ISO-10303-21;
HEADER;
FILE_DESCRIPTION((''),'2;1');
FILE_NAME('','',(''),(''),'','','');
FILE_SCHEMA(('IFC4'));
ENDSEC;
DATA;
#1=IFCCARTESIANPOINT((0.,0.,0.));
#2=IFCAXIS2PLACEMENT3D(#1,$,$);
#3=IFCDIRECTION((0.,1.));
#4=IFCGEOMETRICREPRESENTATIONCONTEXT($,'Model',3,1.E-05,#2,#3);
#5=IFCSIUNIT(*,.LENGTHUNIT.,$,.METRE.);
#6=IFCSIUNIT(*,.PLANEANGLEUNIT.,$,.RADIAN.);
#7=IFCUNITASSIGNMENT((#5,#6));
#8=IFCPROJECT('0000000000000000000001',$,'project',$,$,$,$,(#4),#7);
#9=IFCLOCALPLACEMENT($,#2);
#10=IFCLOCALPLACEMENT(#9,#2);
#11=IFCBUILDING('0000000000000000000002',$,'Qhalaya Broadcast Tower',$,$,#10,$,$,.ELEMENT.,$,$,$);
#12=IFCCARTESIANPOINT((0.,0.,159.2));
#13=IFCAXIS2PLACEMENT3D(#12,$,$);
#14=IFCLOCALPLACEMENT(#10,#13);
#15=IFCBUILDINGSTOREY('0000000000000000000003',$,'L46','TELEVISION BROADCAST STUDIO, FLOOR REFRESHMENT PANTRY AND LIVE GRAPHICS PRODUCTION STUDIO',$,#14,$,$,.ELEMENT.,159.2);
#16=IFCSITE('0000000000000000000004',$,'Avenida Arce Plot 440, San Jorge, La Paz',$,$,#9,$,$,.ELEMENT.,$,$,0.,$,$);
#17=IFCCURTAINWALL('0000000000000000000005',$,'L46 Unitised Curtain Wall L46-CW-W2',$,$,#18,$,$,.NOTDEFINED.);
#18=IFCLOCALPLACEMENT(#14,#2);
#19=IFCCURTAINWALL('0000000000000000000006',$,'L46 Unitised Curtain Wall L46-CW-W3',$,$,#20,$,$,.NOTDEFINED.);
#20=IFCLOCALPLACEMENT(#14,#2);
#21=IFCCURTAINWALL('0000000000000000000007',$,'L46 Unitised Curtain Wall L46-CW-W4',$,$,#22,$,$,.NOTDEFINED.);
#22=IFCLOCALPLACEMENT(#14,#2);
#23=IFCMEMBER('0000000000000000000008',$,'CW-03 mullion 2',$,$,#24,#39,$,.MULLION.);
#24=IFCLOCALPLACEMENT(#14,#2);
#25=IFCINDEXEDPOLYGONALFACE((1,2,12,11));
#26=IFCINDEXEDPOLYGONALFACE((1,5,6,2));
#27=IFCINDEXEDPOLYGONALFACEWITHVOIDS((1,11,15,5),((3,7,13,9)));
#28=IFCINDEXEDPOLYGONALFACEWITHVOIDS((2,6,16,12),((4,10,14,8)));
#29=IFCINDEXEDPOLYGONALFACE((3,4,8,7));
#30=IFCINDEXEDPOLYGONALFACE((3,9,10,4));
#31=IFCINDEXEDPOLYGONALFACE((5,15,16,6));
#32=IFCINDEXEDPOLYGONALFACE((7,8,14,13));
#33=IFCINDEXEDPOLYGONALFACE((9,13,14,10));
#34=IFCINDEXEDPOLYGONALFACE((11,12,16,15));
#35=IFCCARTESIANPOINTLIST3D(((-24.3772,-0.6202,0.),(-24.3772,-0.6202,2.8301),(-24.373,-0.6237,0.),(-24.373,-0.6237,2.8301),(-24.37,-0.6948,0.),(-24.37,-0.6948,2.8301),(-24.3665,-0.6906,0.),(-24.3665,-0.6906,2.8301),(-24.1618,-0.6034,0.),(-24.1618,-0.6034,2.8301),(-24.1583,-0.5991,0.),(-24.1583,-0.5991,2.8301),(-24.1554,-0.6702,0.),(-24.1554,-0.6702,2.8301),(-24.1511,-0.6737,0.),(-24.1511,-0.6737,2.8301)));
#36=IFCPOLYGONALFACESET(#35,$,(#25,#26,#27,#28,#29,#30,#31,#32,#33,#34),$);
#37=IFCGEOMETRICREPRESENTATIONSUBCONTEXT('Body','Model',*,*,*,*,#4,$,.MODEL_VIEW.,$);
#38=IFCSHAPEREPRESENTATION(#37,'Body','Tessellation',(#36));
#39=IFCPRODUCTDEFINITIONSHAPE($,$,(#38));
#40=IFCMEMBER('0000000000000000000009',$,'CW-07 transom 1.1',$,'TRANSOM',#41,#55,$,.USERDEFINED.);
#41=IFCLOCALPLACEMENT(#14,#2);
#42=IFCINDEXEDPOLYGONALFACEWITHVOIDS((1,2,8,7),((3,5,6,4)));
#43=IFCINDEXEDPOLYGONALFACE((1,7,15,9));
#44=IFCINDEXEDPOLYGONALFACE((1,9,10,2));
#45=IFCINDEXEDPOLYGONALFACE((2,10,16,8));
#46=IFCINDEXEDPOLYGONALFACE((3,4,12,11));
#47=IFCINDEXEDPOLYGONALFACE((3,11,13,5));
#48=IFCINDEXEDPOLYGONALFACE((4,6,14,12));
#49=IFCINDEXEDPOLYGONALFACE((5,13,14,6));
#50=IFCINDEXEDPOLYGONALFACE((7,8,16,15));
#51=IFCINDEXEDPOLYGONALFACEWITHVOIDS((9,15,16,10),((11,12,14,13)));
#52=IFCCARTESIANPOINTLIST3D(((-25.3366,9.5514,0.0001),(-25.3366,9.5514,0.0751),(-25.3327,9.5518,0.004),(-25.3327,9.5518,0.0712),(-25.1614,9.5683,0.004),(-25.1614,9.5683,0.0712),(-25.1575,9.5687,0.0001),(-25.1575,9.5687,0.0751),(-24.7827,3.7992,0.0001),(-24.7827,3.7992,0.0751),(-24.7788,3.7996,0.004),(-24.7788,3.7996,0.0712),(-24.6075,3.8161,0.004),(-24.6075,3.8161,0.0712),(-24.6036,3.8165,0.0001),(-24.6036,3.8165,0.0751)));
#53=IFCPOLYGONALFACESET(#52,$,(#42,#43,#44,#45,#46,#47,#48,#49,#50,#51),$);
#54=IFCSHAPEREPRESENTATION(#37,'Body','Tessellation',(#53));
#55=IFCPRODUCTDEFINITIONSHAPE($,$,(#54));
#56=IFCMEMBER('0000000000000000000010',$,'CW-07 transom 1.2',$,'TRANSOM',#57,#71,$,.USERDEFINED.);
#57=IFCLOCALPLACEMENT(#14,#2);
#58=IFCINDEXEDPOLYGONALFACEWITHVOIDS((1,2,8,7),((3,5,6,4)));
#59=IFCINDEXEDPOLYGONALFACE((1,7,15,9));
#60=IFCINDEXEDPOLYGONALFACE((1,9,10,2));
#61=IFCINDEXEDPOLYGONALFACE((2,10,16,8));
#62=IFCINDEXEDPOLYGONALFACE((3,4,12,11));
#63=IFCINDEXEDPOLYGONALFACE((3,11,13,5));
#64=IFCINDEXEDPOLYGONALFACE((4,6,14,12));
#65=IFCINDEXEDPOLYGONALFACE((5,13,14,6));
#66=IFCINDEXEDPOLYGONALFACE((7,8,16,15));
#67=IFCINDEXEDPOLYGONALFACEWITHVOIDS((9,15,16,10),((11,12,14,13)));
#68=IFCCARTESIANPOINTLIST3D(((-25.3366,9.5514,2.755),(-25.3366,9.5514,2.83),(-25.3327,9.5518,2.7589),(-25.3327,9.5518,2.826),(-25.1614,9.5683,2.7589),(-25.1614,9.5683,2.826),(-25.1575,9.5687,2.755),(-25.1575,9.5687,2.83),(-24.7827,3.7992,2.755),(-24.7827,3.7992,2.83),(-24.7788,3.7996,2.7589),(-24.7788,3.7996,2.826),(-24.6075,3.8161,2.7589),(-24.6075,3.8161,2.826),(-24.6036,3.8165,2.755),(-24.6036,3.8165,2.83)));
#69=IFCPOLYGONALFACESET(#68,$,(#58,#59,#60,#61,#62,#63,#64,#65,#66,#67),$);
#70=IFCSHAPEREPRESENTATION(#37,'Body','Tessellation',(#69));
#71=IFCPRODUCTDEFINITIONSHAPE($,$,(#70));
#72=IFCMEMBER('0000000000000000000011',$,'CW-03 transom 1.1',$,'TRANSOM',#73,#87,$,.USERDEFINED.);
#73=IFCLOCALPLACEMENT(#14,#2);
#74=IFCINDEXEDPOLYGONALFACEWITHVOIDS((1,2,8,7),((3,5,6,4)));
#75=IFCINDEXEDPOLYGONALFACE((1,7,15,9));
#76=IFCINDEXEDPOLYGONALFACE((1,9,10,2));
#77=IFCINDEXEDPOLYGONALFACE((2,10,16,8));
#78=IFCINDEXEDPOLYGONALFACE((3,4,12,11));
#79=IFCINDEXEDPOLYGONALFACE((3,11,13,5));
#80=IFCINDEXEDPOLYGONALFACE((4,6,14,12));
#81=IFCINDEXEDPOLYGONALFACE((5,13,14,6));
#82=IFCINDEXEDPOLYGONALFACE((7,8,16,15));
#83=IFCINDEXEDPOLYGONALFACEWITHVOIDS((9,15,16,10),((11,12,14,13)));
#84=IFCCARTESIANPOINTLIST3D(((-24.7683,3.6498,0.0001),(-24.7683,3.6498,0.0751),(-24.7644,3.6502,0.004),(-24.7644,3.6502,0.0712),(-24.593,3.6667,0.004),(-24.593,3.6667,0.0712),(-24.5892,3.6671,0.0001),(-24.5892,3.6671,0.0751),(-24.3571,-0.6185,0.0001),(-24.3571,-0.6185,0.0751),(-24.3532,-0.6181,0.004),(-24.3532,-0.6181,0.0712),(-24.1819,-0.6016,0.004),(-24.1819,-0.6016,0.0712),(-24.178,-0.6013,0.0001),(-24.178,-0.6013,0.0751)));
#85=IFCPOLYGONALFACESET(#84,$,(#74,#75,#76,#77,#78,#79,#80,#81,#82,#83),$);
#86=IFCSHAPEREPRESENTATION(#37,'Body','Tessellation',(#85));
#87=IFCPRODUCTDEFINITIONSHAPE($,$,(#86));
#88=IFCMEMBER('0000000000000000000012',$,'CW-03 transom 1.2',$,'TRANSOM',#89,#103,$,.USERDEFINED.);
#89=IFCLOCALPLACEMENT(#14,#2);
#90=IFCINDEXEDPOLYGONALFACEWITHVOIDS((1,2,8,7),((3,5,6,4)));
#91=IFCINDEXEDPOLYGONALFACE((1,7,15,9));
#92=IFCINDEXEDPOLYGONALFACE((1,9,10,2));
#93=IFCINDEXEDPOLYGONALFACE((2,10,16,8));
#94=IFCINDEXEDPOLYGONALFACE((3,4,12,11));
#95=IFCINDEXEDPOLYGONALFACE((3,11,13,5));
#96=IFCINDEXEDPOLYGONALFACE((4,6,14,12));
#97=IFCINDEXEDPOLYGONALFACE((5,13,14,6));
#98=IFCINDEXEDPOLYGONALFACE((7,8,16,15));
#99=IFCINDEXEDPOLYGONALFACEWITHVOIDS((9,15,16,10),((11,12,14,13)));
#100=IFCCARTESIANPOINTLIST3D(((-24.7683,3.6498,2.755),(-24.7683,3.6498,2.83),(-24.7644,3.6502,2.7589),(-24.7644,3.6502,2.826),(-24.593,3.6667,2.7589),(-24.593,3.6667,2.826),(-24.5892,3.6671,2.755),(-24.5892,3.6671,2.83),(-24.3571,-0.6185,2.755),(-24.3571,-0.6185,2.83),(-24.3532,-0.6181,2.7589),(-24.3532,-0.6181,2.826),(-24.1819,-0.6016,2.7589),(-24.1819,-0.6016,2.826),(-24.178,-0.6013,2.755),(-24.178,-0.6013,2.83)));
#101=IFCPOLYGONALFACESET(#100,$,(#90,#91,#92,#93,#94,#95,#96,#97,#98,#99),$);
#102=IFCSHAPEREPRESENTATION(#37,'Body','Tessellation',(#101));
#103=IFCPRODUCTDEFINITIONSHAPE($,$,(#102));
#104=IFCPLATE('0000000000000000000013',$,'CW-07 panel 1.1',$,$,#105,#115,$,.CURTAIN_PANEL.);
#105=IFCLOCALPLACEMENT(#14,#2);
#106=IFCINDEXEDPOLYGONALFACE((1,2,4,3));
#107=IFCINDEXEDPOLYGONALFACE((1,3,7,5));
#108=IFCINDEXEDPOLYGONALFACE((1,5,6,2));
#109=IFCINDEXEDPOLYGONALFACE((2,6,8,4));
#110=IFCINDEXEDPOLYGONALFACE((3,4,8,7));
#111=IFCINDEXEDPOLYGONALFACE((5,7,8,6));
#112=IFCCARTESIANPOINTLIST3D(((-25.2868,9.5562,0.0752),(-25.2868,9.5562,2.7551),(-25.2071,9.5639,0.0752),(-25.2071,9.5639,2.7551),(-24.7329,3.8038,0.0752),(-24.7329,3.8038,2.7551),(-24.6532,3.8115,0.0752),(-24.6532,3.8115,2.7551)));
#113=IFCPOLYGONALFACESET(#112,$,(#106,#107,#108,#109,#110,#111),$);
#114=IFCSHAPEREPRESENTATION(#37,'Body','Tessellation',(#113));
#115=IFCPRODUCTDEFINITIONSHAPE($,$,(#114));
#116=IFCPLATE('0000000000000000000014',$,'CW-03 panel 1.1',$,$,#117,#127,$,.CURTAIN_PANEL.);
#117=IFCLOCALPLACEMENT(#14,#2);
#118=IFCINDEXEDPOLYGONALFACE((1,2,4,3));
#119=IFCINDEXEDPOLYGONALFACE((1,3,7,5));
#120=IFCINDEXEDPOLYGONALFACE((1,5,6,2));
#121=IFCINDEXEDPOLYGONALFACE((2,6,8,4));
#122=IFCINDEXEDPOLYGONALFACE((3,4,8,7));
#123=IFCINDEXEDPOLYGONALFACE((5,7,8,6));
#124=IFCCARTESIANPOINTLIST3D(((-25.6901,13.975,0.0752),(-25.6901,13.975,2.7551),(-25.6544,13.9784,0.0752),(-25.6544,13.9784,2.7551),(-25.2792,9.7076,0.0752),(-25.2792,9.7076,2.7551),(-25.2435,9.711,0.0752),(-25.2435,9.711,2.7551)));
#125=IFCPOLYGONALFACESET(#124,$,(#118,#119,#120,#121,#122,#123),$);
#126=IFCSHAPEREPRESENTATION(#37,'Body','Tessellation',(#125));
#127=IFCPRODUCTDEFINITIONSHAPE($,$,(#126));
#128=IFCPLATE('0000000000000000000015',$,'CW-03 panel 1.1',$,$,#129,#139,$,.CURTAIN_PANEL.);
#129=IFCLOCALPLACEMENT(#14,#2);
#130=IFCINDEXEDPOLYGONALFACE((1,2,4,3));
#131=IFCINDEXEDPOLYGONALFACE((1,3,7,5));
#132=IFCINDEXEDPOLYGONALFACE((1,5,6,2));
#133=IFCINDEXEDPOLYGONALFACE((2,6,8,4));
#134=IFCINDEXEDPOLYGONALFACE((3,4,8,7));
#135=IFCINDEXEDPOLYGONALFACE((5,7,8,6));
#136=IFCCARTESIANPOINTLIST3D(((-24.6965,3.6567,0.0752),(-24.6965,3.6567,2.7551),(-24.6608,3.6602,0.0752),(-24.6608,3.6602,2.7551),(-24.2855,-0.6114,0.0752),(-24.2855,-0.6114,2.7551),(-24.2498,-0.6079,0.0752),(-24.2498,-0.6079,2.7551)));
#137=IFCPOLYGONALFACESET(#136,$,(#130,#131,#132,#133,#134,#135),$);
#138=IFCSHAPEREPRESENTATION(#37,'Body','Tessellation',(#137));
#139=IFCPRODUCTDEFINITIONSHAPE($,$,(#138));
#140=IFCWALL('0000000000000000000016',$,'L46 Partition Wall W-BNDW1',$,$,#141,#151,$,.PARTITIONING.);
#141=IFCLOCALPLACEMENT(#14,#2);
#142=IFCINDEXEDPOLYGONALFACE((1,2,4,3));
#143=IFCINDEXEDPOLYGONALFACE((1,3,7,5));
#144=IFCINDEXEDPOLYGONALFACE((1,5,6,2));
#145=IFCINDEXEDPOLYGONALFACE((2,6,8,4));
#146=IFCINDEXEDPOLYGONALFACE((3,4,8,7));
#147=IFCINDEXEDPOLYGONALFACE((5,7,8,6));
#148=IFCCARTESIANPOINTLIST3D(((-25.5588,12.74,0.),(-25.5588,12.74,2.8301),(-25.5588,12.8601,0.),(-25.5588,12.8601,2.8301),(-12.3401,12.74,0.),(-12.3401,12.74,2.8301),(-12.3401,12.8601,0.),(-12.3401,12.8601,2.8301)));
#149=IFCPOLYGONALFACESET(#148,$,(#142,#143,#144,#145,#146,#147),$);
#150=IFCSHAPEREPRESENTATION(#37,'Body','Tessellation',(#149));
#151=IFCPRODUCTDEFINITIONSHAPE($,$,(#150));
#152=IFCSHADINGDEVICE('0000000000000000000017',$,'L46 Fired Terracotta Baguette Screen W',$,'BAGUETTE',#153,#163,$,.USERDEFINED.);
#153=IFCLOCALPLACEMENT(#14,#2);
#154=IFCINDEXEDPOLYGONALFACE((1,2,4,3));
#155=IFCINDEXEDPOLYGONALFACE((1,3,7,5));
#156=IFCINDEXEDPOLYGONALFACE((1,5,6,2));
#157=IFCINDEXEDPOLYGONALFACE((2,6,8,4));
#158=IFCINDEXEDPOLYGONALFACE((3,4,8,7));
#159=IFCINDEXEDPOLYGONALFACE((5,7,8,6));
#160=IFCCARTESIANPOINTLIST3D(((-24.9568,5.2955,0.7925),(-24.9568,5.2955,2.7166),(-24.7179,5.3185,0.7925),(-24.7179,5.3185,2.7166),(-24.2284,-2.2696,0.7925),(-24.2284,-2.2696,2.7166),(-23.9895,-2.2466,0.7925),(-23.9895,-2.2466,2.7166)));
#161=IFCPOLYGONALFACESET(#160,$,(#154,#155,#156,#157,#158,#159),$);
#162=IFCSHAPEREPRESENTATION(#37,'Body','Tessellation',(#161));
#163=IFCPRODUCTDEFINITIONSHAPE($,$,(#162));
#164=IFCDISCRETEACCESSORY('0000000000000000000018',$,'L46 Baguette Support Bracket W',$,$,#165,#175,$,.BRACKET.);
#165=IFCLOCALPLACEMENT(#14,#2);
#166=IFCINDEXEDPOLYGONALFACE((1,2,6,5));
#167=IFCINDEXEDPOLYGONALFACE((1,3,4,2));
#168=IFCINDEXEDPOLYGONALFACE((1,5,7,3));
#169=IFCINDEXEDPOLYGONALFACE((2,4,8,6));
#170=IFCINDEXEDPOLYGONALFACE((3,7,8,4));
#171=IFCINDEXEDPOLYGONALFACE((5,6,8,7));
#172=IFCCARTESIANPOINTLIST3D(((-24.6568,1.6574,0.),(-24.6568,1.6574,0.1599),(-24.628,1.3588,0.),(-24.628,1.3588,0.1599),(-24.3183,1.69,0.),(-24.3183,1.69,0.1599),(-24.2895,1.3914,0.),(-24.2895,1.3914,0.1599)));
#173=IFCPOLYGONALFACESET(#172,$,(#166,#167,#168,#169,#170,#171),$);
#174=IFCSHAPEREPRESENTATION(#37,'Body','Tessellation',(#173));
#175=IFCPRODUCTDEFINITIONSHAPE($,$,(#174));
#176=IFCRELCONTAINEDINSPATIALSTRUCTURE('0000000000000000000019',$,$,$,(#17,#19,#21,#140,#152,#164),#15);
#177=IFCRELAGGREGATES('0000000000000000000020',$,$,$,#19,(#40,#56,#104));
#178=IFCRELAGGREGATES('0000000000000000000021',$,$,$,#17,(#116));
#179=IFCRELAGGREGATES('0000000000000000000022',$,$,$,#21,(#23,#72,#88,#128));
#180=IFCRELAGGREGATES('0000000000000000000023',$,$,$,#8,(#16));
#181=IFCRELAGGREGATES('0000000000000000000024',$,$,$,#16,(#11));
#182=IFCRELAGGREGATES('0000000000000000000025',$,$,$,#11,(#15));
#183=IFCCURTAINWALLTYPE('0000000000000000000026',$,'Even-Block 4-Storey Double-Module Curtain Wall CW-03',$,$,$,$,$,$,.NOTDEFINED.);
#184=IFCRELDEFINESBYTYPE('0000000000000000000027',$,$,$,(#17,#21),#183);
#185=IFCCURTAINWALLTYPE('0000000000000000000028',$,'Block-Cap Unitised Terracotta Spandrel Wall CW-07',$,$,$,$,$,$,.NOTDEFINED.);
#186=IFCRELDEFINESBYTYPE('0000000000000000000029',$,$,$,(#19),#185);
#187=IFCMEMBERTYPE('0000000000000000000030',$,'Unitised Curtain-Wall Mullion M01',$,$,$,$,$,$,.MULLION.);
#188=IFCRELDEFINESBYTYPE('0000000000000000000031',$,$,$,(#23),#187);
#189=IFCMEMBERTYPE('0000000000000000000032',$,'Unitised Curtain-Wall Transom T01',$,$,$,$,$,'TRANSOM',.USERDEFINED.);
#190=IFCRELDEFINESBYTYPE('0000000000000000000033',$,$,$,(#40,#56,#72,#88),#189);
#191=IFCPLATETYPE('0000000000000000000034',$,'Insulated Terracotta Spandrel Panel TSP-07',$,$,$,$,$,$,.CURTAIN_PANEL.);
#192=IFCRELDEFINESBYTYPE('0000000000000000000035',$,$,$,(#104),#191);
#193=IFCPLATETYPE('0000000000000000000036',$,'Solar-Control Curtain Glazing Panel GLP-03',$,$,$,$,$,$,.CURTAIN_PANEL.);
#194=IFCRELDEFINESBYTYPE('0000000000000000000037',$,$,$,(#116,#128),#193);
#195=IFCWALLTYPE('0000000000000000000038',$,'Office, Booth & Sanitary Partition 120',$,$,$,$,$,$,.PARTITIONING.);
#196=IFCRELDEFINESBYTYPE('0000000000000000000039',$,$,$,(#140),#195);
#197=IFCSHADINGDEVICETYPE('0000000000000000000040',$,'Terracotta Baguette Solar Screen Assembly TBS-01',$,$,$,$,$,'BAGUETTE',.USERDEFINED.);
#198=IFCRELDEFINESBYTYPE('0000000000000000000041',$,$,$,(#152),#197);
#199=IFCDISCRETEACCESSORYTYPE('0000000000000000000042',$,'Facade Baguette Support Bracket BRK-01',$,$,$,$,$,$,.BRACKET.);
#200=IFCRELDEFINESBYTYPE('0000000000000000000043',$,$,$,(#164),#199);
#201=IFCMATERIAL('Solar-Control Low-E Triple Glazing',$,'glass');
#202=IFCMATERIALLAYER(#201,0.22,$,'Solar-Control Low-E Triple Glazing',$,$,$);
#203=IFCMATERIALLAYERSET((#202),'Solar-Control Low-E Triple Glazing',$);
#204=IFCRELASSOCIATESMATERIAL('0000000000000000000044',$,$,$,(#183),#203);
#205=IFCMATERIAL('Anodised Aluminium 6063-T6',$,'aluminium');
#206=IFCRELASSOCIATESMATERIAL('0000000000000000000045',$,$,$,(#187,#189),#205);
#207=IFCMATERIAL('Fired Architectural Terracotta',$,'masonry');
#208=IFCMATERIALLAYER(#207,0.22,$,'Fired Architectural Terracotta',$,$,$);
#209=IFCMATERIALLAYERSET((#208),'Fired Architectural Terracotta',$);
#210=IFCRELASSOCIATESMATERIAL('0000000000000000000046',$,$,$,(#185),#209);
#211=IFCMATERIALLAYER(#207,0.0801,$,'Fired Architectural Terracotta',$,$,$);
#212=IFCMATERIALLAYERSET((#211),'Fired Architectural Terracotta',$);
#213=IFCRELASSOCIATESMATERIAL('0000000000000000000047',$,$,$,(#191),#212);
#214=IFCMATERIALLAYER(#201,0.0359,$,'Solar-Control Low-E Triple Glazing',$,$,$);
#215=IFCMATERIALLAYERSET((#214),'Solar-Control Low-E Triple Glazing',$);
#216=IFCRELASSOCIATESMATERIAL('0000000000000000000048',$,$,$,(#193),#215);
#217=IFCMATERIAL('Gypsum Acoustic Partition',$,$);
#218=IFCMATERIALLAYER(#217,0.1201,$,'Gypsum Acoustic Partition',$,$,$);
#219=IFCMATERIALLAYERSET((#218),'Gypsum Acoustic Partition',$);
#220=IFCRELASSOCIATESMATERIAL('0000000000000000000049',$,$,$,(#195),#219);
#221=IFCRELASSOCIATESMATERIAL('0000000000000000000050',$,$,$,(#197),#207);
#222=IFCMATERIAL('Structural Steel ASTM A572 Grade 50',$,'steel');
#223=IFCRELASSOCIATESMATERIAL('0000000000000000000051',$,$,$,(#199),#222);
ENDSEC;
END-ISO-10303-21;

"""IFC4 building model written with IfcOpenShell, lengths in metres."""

from ifc_helpers import new_model, si_unit, direction, frame, frame_2d, origin, origin_2d, place, context, subcontext, project, spatial, rectangle, hollow_rectangle, extrude, material, layer, layer_set, material_profile, profile_set, type_object, element, aggregate, save


model = new_model("IFC4")

# Units and contexts
model_context = context("Model", 3, precision=1e-05, world=origin(), true_north=direction((0.0, 1.0)))
body_context = subcontext(model_context, "Body", "Model", "MODEL_VIEW")
ifc_project = project(units=[si_unit("LENGTHUNIT", "METRE"), si_unit("PLANEANGLEUNIT", "RADIAN")], contexts=[model_context])

# Site, building, storey
site_placement = place(None, origin())
site = spatial("IfcSite", under=ifc_project, at=site_placement, Name="Avenida Arce Plot 440, San Jorge, La Paz", CompositionType="ELEMENT", RefElevation=0.0)
building_placement = place(site_placement, origin())
building = spatial("IfcBuilding", under=site, at=building_placement, Name="Qhalaya Broadcast Tower", CompositionType="ELEMENT")
storey_placement = place(building_placement, frame((0.0, 0.0, 159.2)))
storey = spatial("IfcBuildingStorey", under=building, at=storey_placement, Name="L46", Description="TELEVISION BROADCAST STUDIO, FLOOR REFRESHMENT PANTRY AND LIVE GRAPHICS PRODUCTION STUDIO", CompositionType="ELEMENT", Elevation=159.2)

# Shared definitions
ifc_material_1 = material(Name="Structural Steel ASTM A572 Grade 50", Category="steel")

# Curtain wall
ifc_material_2 = material(Name="Solar-Control Low-E Triple Glazing", Category="glass")
ifc_layer_1 = layer(ifc_material_2, 0.22, Name="Solar-Control Low-E Triple Glazing")
ifc_layer_set_1 = layer_set([ifc_layer_1], Name="Solar-Control Low-E Triple Glazing")
curtain_wall_type_1 = type_object("IfcCurtainWallType", Name="Even-Block 4-Storey Double-Module Curtain Wall CW-03", PredefinedType="NOTDEFINED", material=ifc_layer_set_1)
curtain_wall_1_placement = place(storey_placement, origin())
curtain_wall_1 = element("IfcCurtainWall", 1, at=curtain_wall_1_placement, inside=storey, type_object=curtain_wall_type_1, Name="L46 Unitised Curtain Wall L46-CW-W2", PredefinedType="NOTDEFINED")
ifc_material_3 = material(Name="Anodised Aluminium 6063-T6", Category="aluminium")
ifc_material_profile_1 = material_profile(ifc_material_3, hollow_rectangle(XDim=0.075, YDim=0.22, WallThickness=0.0039, at=origin_2d()), Name="ALU-MUL 75x220x4")
ifc_profile_set_1 = profile_set([ifc_material_profile_1], Name="Anodised Aluminium 6063-T6")
member_type_1 = type_object("IfcMemberType", Name="Unitised Curtain-Wall Mullion M01", PredefinedType="MULLION", material=ifc_profile_set_1)

# Curtain walls, member
ifc_material_4 = material(Name="Fired Architectural Terracotta", Category="masonry")
ifc_layer_2 = layer(ifc_material_4, 0.22, Name="Fired Architectural Terracotta")
ifc_layer_set_2 = layer_set([ifc_layer_2], Name="Fired Architectural Terracotta")
curtain_wall_type_2 = type_object("IfcCurtainWallType", Name="Block-Cap Unitised Terracotta Spandrel Wall CW-07", PredefinedType="NOTDEFINED", material=ifc_layer_set_2)
curtain_wall_2_placement = place(storey_placement, origin())
curtain_wall_2 = element("IfcCurtainWall", 2, at=curtain_wall_2_placement, inside=storey, type_object=curtain_wall_type_2, Name="L46 Unitised Curtain Wall L46-CW-W3", PredefinedType="NOTDEFINED")
curtain_wall_3_placement = place(storey_placement, origin())
curtain_wall_3 = element("IfcCurtainWall", 3, at=curtain_wall_3_placement, inside=storey, type_object=curtain_wall_type_1, Name="L46 Unitised Curtain Wall L46-CW-W4", PredefinedType="NOTDEFINED")
member_1_placement = place(storey_placement, frame((-24.2642, -0.647, 0.0), z_axis=(0.0, 0.0, 1.0), x_axis=(0.095855, -0.995395, 0.0)))
member_1 = element("IfcMember", 4, at=member_1_placement, type_object=member_type_1, Name="CW-03 mullion 2", PredefinedType="MULLION", context=body_context, shape_type="SweptSolid", body=[
    extrude(hollow_rectangle(XDim=0.075, YDim=0.22, WallThickness=0.0039, at=origin_2d()), origin(), (0.0, 0.0, 1.0), 2.8301),
])

# Members
ifc_material_profile_2 = material_profile(ifc_material_3, hollow_rectangle(XDim=0.075, YDim=0.1799, WallThickness=0.0039, at=origin_2d()), Name="ALU-TRN 75x180x4")
ifc_profile_set_2 = profile_set([ifc_material_profile_2], Name="Anodised Aluminium 6063-T6")
member_type_2 = type_object("IfcMemberType", Name="Unitised Curtain-Wall Transom T01", ElementType="TRANSOM", PredefinedType="USERDEFINED", material=ifc_profile_set_2)
member_2_placement = place(storey_placement, frame((-25.2471, 9.5601, 0.0376), z_axis=(0.09586, -0.995395, 0.0), x_axis=(0.0, 0.0, 1.0)))
member_2 = element("IfcMember", 5, at=member_2_placement, type_object=member_type_2, Name="CW-07 transom 1.1", ObjectType="TRANSOM", PredefinedType="USERDEFINED", context=body_context, shape_type="SweptSolid", body=[
    extrude(hollow_rectangle(XDim=0.075, YDim=0.1799, WallThickness=0.0039, at=origin_2d()), origin(), (0.0, 0.0, 1.0), 5.7788),
])
member_3_placement = place(storey_placement, frame((-25.2471, 9.5601, 2.7925), z_axis=(0.09586, -0.995395, 0.0), x_axis=(0.0, 0.0, 1.0)))
member_3 = element("IfcMember", 6, at=member_3_placement, type_object=member_type_2, Name="CW-07 transom 1.2", ObjectType="TRANSOM", PredefinedType="USERDEFINED", context=body_context, shape_type="SweptSolid", body=[
    extrude(hollow_rectangle(XDim=0.075, YDim=0.1799, WallThickness=0.0039, at=origin_2d()), origin(), (0.0, 0.0, 1.0), 5.7788),
])
member_4_placement = place(storey_placement, frame((-24.6787, 3.6584, 0.0376), z_axis=(0.095878, -0.995393, 0.0), x_axis=(0.0, 0.0, 1.0)))
member_4 = element("IfcMember", 7, at=member_4_placement, type_object=member_type_2, Name="CW-03 transom 1.1", ObjectType="TRANSOM", PredefinedType="USERDEFINED", context=body_context, shape_type="SweptSolid", body=[
    extrude(hollow_rectangle(XDim=0.075, YDim=0.1799, WallThickness=0.0039, at=origin_2d()), origin(), (0.0, 0.0, 1.0), 4.2881),
])
member_5_placement = place(storey_placement, frame((-24.6787, 3.6584, 2.7925), z_axis=(0.095878, -0.995393, 0.0), x_axis=(0.0, 0.0, 1.0)))
member_5 = element("IfcMember", 8, at=member_5_placement, type_object=member_type_2, Name="CW-03 transom 1.2", ObjectType="TRANSOM", PredefinedType="USERDEFINED", context=body_context, shape_type="SweptSolid", body=[
    extrude(hollow_rectangle(XDim=0.075, YDim=0.1799, WallThickness=0.0039, at=origin_2d()), origin(), (0.0, 0.0, 1.0), 4.2881),
])

# Plates
ifc_layer_3 = layer(ifc_material_4, 0.0801, Name="Fired Architectural Terracotta")
ifc_layer_set_3 = layer_set([ifc_layer_3], Name="Fired Architectural Terracotta")
plate_type_1 = type_object("IfcPlateType", Name="Insulated Terracotta Spandrel Panel TSP-07", PredefinedType="CURTAIN_PANEL", material=ifc_layer_set_3)
plate_1_placement = place(storey_placement, frame((-24.97, 6.6838, 0.0752), z_axis=(0.0, 0.0, 1.0), x_axis=(0.095851, -0.995396, 0.0)))
plate_1 = element("IfcPlate", 9, at=plate_1_placement, type_object=plate_type_1, Name="CW-07 panel 1.1", PredefinedType="CURTAIN_PANEL", context=body_context, shape_type="SweptSolid", body=[
    extrude(rectangle(XDim=5.7791, YDim=0.0801, at=origin_2d()), origin(), (0.0, 0.0, 1.0), 2.6799),
])
aggregate(curtain_wall_2, [member_2, member_3, plate_1])
ifc_layer_4 = layer(ifc_material_2, 0.0359, Name="Solar-Control Low-E Triple Glazing")
ifc_layer_set_4 = layer_set([ifc_layer_4], Name="Solar-Control Low-E Triple Glazing")
plate_type_2 = type_object("IfcPlateType", Name="Solar-Control Curtain Glazing Panel GLP-03", PredefinedType="CURTAIN_PANEL", material=ifc_layer_set_4)
plate_2_placement = place(storey_placement, frame((-25.4668, 11.843, 0.0752), z_axis=(0.0, 0.0, 1.0), x_axis=(0.09583, -0.995398, 0.0)))
plate_2 = element("IfcPlate", 10, at=plate_2_placement, type_object=plate_type_2, Name="CW-03 panel 1.1", PredefinedType="CURTAIN_PANEL", context=body_context, shape_type="SweptSolid", body=[
    extrude(rectangle(XDim=4.2871, YDim=0.0359, at=origin_2d()), origin(), (0.0, 0.0, 1.0), 2.6799),
])
aggregate(curtain_wall_1, [plate_2])
plate_3_placement = place(storey_placement, frame((-24.4731, 1.5244, 0.0752), z_axis=(0.0, 0.0, 1.0), x_axis=(0.095855, -0.995395, 0.0)))
plate_3 = element("IfcPlate", 11, at=plate_3_placement, type_object=plate_type_2, Name="CW-03 panel 1.1", PredefinedType="CURTAIN_PANEL", context=body_context, shape_type="SweptSolid", body=[
    extrude(rectangle(XDim=4.2878, YDim=0.0359, at=origin_2d()), origin(), (0.0, 0.0, 1.0), 2.6799),
])
aggregate(curtain_wall_3, [member_1, member_4, member_5, plate_3])

# Wall
ifc_material_5 = material(Name="Gypsum Acoustic Partition")
ifc_layer_5 = layer(ifc_material_5, 0.1201, Name="Gypsum Acoustic Partition")
ifc_layer_set_5 = layer_set([ifc_layer_5], Name="Gypsum Acoustic Partition")
wall_type = type_object("IfcWallType", Name="Office, Booth & Sanitary Partition 120", PredefinedType="PARTITIONING", material=ifc_layer_set_5)
wall_placement = place(storey_placement, frame((-25.5588, 12.8, 0.0), z_axis=(0.0, 0.0, 1.0), x_axis=(1.0, 0.0, 0.0)))
element("IfcWall", 12, at=wall_placement, inside=storey, type_object=wall_type, Name="L46 Partition Wall W-BNDW1", PredefinedType="PARTITIONING", context=body_context, shape_type="SweptSolid", body=[
    extrude(rectangle(XDim=13.2188, YDim=0.1201, at=frame_2d((6.6094, 0.0))), origin(), (0.0, 0.0, 1.0), 2.8301),
])

# Shading device
shading_device_type = type_object("IfcShadingDeviceType", Name="Terracotta Baguette Solar Screen Assembly TBS-01", ElementType="BAGUETTE", PredefinedType="USERDEFINED", material=ifc_material_4)
shading_device_placement = place(storey_placement, frame((-24.4731, 1.5244, 0.7925), z_axis=(0.0, 0.0, 1.0), x_axis=(0.095846, -0.995396, 0.0)))
element("IfcShadingDevice", 13, at=shading_device_placement, inside=storey, type_object=shading_device_type, Name="L46 Fired Terracotta Baguette Screen W", ObjectType="BAGUETTE", PredefinedType="USERDEFINED", context=body_context, shape_type="SweptSolid", body=[
    extrude(rectangle(XDim=7.6001, YDim=0.24, at=origin_2d()), origin(), (0.0, 0.0, 1.0), 1.9241),
])

# Discrete accessory
discrete_accessory_type = type_object("IfcDiscreteAccessoryType", Name="Facade Baguette Support Bracket BRK-01", PredefinedType="BRACKET", material=ifc_material_1)
discrete_accessory_placement = place(storey_placement, frame((-24.4731, 1.5244, 0.0), z_axis=(0.0, 0.0, 1.0), x_axis=(0.095846, -0.995396, 0.0)))
element("IfcDiscreteAccessory", 14, at=discrete_accessory_placement, inside=storey, type_object=discrete_accessory_type, Name="L46 Baguette Support Bracket W", PredefinedType="BRACKET", context=body_context, shape_type="SweptSolid", body=[
    extrude(rectangle(XDim=0.3, YDim=0.3401, at=origin_2d()), origin(), (0.0, 0.0, 1.0), 0.1599),
])

save(model, "model.ifc")
